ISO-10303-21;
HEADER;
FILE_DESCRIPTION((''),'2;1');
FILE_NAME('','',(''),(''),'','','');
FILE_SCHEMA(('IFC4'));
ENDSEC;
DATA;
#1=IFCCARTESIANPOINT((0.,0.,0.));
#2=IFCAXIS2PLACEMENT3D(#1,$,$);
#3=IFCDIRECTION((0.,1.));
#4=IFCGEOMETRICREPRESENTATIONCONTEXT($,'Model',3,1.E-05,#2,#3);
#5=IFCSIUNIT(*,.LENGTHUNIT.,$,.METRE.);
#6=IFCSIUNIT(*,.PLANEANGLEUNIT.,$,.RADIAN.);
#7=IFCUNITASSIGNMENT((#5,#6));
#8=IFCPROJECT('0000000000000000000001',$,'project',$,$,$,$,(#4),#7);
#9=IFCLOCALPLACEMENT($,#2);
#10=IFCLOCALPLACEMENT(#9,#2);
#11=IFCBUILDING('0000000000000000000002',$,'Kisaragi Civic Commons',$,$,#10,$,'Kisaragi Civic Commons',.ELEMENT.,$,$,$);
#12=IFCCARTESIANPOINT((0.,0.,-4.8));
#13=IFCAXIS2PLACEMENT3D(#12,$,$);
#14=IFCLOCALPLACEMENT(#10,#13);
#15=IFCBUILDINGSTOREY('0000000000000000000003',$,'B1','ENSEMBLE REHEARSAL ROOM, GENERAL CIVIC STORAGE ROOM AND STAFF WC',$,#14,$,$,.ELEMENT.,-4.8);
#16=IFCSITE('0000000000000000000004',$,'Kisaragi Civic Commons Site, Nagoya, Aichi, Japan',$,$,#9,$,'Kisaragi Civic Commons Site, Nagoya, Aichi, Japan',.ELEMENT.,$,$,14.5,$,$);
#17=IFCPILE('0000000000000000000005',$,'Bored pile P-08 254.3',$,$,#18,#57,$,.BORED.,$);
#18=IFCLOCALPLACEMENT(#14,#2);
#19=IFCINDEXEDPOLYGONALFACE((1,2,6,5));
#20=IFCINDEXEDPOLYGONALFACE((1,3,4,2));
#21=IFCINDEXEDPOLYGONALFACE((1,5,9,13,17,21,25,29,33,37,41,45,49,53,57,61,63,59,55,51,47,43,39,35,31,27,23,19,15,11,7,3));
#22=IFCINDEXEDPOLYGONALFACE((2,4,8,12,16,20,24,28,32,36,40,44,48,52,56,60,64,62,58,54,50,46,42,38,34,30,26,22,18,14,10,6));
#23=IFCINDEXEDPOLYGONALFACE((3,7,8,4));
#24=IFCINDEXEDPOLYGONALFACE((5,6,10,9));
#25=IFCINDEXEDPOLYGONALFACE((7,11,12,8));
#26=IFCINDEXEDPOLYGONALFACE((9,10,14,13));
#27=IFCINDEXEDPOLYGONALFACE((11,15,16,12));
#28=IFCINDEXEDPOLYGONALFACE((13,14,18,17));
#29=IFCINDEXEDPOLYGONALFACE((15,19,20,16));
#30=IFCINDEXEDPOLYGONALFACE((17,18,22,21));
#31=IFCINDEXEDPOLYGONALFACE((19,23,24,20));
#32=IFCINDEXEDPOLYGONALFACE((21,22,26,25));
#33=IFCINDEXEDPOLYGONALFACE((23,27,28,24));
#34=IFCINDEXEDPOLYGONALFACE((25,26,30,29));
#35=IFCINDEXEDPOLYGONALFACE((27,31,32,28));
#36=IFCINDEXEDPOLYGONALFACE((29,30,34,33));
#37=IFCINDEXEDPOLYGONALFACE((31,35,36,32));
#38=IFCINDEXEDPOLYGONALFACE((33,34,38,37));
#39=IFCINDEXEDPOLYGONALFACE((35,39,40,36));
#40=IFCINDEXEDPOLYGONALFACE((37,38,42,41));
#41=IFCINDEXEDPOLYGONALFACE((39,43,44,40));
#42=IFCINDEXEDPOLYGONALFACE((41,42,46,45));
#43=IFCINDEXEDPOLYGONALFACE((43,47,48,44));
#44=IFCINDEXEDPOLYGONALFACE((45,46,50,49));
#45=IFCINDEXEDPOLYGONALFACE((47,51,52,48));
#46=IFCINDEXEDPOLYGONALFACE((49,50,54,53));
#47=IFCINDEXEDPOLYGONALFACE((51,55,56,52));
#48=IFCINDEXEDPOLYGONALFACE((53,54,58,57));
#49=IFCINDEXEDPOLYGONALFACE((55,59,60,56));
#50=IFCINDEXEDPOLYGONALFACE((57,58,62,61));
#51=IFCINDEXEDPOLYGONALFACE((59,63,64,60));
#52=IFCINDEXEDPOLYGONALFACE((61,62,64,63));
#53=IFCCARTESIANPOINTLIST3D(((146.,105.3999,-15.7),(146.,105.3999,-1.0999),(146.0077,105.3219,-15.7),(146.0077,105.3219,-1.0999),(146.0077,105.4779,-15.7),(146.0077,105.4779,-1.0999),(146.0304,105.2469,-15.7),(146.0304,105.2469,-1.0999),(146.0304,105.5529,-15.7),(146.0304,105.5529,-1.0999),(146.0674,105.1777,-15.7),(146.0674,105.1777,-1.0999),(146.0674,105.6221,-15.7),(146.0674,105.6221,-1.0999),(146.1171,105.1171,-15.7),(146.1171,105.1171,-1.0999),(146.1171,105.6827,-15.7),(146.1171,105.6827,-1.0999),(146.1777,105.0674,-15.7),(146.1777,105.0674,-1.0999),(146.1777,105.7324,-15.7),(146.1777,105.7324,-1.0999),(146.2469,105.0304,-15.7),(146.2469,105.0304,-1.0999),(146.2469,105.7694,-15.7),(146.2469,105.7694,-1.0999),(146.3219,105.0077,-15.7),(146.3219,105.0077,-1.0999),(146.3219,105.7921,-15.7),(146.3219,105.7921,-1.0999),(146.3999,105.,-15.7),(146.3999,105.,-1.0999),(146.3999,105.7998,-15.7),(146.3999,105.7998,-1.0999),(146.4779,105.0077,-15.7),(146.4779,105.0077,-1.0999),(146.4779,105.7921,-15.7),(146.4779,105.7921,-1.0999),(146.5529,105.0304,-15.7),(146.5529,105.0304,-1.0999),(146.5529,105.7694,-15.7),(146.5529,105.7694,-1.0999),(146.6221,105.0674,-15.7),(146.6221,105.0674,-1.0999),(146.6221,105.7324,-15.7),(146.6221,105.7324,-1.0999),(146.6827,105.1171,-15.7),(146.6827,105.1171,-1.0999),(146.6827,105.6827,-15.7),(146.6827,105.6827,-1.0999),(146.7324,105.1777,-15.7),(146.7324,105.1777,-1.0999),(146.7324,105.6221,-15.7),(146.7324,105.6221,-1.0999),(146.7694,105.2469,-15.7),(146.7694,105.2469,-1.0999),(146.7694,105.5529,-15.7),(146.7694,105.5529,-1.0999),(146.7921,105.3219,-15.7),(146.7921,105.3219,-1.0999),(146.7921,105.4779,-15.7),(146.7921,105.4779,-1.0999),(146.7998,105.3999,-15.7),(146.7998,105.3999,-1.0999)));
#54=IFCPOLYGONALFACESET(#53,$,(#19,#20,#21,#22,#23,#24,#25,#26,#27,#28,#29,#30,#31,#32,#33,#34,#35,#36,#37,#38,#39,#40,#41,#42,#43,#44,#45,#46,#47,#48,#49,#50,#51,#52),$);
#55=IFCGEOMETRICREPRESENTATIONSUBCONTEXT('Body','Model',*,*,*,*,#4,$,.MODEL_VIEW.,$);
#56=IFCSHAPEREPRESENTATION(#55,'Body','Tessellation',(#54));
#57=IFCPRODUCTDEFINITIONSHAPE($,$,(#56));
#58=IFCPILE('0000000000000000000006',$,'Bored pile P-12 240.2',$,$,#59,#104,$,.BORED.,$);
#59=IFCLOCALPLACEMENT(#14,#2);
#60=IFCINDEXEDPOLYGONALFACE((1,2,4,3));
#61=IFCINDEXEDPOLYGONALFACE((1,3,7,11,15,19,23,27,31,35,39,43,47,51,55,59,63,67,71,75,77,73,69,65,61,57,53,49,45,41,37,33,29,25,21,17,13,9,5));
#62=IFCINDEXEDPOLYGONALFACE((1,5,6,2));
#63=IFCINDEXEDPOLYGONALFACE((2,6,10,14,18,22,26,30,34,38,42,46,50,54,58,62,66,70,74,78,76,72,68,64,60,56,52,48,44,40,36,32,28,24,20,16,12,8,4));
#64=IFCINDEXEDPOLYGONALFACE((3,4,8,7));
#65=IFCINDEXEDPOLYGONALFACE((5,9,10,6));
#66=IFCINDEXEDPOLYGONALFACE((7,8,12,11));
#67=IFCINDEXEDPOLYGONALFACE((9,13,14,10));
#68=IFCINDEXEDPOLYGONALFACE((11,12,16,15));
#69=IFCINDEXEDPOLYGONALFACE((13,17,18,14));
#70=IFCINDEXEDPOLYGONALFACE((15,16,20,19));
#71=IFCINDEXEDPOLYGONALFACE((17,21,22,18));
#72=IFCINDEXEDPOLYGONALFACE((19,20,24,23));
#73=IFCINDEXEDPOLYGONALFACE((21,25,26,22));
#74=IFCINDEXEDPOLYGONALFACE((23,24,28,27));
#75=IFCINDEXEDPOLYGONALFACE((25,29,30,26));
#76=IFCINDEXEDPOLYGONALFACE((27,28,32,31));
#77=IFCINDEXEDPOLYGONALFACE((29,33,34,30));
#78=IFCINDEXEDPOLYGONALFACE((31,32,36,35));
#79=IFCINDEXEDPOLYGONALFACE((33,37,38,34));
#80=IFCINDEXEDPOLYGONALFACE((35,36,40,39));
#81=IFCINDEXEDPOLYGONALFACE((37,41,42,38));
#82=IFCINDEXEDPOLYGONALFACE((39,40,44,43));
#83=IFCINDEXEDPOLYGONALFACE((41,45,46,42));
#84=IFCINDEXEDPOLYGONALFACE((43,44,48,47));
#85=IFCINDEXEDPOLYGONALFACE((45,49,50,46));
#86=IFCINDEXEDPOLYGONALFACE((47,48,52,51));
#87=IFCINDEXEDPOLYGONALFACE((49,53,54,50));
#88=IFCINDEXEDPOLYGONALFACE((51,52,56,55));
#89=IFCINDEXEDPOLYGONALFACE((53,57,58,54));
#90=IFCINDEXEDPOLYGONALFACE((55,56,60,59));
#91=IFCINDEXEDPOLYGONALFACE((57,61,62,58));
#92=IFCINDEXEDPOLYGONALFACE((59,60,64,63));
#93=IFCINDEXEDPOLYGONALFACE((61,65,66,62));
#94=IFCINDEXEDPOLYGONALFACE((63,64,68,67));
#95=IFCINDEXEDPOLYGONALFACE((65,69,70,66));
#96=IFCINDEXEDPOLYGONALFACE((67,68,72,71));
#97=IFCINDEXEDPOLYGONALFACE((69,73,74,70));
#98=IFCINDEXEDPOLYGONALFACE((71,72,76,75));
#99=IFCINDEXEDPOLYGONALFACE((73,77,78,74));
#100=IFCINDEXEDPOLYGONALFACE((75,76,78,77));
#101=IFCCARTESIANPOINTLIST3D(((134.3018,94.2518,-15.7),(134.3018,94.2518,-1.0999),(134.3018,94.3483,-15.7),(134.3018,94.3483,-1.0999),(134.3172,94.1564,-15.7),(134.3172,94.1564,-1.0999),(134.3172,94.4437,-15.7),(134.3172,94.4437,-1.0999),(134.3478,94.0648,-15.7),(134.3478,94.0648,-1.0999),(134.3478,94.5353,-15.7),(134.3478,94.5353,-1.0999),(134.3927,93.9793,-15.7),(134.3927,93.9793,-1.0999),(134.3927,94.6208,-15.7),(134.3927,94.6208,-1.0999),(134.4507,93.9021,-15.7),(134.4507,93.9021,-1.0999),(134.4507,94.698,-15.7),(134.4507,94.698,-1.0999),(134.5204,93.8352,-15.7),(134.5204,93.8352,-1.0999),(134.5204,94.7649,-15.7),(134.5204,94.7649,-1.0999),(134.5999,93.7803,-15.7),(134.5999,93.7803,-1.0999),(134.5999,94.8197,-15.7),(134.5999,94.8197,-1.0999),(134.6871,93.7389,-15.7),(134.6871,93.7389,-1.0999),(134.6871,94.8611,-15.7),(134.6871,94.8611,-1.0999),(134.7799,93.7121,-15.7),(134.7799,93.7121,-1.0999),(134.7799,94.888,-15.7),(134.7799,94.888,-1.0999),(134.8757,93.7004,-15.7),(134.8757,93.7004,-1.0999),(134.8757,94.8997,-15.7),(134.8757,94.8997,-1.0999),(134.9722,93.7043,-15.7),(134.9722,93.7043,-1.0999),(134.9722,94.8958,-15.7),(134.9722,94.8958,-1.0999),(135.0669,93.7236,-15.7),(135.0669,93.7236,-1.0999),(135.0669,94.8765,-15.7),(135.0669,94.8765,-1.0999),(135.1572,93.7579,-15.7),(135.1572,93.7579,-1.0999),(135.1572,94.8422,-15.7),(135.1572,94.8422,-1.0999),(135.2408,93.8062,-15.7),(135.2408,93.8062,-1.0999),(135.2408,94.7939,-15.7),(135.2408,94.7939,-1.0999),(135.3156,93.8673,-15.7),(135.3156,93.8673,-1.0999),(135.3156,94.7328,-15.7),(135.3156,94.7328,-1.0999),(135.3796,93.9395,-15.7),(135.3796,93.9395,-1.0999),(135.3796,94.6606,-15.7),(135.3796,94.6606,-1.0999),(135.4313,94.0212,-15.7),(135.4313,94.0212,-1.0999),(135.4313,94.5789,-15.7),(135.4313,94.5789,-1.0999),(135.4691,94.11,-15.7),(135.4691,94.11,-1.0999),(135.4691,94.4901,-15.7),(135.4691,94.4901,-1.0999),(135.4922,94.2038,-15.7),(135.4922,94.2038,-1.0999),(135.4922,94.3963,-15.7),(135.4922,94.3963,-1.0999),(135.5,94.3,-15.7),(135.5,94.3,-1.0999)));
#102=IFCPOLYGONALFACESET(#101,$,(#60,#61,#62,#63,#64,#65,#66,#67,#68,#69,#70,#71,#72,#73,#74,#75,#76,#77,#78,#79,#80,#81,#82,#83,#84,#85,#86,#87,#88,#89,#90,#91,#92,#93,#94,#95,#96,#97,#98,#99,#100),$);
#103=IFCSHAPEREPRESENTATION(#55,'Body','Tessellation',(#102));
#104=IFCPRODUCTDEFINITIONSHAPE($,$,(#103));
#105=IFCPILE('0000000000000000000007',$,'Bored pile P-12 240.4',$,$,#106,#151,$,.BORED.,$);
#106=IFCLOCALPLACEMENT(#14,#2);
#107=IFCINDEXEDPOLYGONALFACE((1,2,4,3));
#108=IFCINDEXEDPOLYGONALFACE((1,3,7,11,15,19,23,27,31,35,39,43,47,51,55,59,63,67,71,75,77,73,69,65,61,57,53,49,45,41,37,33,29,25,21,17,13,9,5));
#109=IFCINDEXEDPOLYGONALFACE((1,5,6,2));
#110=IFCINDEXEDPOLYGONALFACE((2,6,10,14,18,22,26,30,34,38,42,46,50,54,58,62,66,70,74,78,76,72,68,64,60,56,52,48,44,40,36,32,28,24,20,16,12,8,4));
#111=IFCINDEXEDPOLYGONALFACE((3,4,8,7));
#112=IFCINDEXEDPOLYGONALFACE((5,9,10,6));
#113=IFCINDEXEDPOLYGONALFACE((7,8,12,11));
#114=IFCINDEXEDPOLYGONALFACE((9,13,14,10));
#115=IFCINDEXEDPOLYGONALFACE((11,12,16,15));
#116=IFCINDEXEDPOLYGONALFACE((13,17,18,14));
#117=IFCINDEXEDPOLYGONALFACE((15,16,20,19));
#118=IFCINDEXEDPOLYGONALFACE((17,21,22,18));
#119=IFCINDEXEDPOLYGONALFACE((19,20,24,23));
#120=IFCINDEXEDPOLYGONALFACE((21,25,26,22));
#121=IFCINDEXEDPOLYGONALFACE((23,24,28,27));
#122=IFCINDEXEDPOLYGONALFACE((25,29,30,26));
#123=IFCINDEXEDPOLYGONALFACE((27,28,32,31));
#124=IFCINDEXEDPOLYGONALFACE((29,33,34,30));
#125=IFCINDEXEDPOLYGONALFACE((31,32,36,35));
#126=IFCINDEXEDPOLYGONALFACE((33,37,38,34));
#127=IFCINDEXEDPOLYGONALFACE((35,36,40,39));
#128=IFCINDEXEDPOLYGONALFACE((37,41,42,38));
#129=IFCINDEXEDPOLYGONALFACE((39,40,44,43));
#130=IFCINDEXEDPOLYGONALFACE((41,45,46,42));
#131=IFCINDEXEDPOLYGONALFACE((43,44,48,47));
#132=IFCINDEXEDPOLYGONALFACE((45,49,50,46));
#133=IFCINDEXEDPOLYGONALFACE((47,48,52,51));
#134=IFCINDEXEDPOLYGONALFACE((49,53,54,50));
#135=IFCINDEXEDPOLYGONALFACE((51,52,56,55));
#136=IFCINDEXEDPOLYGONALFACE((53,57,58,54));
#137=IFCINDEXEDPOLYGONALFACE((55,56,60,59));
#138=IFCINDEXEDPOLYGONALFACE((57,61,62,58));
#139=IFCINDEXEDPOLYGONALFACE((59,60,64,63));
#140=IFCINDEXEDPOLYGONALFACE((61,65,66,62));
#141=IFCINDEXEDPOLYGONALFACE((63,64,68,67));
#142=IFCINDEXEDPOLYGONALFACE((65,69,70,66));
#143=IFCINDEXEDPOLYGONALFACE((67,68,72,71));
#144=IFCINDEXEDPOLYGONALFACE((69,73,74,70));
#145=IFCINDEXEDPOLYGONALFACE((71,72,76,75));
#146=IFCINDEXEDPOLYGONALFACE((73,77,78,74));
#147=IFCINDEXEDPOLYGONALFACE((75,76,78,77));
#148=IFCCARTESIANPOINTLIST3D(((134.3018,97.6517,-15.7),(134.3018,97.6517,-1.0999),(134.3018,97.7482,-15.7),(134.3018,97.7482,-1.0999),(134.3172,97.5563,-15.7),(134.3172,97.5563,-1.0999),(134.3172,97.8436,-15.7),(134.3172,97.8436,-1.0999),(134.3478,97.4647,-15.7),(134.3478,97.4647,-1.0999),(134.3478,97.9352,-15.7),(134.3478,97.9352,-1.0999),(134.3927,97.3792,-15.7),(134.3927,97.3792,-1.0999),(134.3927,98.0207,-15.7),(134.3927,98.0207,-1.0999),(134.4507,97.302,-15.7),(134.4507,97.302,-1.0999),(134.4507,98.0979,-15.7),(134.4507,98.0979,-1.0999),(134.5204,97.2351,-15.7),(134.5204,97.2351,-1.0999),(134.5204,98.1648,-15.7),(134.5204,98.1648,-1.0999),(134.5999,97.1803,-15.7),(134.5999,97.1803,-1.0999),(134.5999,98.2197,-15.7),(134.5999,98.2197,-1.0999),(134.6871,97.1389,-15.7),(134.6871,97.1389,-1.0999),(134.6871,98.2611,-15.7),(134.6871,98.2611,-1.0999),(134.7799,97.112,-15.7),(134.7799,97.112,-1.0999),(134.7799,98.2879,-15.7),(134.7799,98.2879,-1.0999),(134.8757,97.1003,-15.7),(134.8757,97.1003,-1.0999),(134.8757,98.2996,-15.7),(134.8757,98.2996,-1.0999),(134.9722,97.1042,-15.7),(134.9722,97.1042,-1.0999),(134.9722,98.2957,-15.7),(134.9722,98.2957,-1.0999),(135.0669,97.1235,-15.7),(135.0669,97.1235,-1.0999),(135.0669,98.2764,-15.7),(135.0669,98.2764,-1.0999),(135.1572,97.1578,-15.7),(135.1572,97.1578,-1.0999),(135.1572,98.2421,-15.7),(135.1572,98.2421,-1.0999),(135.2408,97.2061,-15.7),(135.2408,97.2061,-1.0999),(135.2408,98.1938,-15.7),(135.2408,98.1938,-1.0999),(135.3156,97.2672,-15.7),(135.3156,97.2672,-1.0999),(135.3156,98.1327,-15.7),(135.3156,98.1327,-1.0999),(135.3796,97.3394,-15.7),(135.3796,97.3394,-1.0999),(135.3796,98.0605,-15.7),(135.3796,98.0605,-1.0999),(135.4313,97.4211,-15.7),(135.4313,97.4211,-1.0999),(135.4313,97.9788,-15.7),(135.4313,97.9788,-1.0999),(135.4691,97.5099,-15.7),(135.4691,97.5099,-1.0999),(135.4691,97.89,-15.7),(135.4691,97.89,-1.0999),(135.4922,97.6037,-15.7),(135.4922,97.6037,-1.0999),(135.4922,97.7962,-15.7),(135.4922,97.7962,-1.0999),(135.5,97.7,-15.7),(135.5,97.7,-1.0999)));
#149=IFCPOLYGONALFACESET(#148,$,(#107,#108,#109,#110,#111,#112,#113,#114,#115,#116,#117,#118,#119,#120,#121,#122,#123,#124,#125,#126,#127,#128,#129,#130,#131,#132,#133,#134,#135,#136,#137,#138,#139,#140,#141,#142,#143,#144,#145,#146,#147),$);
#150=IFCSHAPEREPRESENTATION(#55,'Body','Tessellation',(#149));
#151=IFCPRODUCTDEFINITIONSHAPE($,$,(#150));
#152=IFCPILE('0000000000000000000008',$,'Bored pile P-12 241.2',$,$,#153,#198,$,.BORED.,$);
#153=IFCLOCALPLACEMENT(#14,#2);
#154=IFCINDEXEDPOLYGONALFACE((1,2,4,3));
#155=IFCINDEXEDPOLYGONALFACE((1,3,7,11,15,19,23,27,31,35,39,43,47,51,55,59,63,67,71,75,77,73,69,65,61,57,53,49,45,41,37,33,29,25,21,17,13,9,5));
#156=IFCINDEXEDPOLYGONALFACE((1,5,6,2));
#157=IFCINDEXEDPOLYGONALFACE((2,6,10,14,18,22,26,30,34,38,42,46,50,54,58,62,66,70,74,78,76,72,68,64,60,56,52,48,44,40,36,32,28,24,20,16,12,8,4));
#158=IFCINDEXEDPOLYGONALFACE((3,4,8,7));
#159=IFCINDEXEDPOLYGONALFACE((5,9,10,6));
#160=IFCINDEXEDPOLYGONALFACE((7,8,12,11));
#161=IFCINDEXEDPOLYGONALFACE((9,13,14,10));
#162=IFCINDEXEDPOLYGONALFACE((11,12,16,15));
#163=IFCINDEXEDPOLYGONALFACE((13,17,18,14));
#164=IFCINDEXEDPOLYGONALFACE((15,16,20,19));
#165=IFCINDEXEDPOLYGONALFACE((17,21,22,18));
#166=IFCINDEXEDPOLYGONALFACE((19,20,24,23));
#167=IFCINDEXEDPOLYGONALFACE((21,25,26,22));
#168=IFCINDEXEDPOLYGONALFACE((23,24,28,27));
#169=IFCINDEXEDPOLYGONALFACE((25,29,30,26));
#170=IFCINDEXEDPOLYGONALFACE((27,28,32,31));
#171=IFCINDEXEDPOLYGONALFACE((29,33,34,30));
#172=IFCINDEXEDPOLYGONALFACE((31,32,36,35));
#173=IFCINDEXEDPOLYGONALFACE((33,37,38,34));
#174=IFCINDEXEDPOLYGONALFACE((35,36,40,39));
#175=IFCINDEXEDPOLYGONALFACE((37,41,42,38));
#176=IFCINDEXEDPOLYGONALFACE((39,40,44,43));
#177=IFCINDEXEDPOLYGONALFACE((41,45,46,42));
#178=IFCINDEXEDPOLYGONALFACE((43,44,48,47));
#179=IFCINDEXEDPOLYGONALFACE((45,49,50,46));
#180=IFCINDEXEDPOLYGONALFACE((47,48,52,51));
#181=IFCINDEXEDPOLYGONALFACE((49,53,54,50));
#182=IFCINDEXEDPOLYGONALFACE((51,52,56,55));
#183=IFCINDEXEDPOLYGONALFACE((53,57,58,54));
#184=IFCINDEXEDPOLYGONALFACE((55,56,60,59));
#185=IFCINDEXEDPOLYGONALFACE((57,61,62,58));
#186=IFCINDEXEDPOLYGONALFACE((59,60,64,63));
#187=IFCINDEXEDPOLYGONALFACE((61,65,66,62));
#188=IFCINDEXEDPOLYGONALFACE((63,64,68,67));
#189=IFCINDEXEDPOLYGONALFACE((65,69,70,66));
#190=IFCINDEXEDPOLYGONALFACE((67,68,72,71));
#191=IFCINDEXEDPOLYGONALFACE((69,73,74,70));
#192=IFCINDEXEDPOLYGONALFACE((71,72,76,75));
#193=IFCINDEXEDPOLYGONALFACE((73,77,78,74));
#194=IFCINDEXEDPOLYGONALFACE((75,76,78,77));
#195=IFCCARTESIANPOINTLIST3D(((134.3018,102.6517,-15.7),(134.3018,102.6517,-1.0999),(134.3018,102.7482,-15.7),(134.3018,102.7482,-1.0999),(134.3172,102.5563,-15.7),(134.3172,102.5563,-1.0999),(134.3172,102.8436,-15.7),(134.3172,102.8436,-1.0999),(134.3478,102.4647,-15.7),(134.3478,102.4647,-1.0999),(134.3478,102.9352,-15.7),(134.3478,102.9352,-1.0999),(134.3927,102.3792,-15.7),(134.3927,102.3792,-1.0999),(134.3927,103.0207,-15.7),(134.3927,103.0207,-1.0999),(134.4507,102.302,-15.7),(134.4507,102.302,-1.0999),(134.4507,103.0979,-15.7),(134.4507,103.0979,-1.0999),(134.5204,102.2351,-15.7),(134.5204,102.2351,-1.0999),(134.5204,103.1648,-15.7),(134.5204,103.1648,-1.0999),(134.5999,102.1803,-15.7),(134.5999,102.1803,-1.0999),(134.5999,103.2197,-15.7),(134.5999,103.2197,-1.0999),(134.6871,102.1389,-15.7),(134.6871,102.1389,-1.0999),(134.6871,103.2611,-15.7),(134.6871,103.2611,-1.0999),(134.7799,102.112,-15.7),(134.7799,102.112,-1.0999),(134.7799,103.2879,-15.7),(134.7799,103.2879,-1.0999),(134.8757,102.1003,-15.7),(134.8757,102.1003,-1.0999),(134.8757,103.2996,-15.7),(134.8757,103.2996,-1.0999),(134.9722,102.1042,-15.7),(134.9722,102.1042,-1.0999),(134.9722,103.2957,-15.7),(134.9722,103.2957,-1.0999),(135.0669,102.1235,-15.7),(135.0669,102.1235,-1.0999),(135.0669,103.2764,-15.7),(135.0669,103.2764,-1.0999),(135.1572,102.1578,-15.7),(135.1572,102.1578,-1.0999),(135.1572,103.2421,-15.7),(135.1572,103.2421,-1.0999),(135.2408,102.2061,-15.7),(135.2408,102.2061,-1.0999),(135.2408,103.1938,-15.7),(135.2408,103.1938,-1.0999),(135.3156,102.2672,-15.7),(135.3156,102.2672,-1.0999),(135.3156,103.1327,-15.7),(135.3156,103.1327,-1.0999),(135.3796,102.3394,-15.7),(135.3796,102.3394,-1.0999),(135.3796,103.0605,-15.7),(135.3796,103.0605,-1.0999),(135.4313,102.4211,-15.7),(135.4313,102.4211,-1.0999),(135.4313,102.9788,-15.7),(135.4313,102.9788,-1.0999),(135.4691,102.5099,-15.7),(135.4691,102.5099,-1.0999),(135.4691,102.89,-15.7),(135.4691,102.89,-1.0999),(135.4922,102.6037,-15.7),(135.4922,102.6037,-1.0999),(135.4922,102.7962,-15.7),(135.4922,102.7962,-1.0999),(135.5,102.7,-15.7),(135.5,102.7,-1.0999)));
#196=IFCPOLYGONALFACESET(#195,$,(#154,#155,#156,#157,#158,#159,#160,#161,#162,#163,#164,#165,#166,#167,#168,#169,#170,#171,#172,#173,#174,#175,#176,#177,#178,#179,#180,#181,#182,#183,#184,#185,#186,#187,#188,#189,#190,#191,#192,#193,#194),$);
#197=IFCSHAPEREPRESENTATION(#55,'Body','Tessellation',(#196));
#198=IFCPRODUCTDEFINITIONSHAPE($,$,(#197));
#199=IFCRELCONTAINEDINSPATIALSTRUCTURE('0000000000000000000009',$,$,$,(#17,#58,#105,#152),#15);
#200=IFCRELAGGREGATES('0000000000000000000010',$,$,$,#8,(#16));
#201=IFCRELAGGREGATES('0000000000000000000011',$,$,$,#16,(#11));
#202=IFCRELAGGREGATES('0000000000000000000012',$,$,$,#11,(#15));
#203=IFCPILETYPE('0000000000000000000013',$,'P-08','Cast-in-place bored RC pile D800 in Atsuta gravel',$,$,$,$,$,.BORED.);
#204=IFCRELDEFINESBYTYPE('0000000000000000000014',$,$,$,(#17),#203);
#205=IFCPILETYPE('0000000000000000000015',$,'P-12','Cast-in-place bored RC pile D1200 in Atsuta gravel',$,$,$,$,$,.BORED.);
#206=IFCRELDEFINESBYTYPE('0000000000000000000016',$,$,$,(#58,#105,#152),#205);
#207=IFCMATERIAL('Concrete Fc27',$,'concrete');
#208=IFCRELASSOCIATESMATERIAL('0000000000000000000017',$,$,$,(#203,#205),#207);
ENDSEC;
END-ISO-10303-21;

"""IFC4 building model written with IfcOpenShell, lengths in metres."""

from ifc_helpers import new_model, si_unit, direction, frame, origin, origin_2d, place, context, subcontext, project, spatial, circle, extrude, material, material_profile, profile_set, type_object, element, save


model = new_model("IFC4")

# Units and contexts
model_context = context("Model", 3, precision=1e-05, world=origin(), true_north=direction((0.0, 1.0)))
body_context = subcontext(model_context, "Body", "Model", "MODEL_VIEW")
ifc_project = project(units=[si_unit("LENGTHUNIT", "METRE"), si_unit("PLANEANGLEUNIT", "RADIAN")], contexts=[model_context])

# Site, building, storey
site_placement = place(None, origin())
site = spatial("IfcSite", under=ifc_project, at=site_placement, Name="Kisaragi Civic Commons Site, Nagoya, Aichi, Japan", LongName="Kisaragi Civic Commons Site, Nagoya, Aichi, Japan", CompositionType="ELEMENT", RefElevation=14.5)
building_placement = place(site_placement, origin())
building = spatial("IfcBuilding", under=site, at=building_placement, Name="Kisaragi Civic Commons", LongName="Kisaragi Civic Commons", CompositionType="ELEMENT")
storey_placement = place(building_placement, frame((0.0, 0.0, -4.8)))
storey = spatial("IfcBuildingStorey", under=building, at=storey_placement, Name="B1", Description="ENSEMBLE REHEARSAL ROOM, GENERAL CIVIC STORAGE ROOM AND STAFF WC", CompositionType="ELEMENT", Elevation=-4.8)

# Shared definitions
ifc_material_1 = material(Name="Concrete Fc27", Category="concrete")

# Piles
ifc_material_profile_1 = material_profile(ifc_material_1, circle(Radius=0.3999, at=origin_2d()), Name="PILE-D800", Category="concrete")
ifc_profile_set_1 = profile_set([ifc_material_profile_1], Name="Concrete Fc27")
pile_type_1 = type_object("IfcPileType", Name="P-08", Description="Cast-in-place bored RC pile D800 in Atsuta gravel", PredefinedType="BORED", material=ifc_profile_set_1)
for number, where, z_axis, x_axis, name in (
    (1, (146.3999, 105.3999, -1.0999), (0.0, 0.0, -1.0), (1.0, 0.0, 0.0), "Bored pile P-08 254.3"),
):
    element("IfcPile", number, at=place(storey_placement, frame(where, z_axis=z_axis, x_axis=x_axis)), inside=storey, type_object=pile_type_1, Name=name, PredefinedType="BORED", context=body_context, shape_type="SweptSolid", body=[
        extrude(circle(Radius=0.3999, at=origin_2d()), origin(), (0.0, 0.0, 1.0), 14.6001),
    ])
ifc_material_profile_2 = material_profile(ifc_material_1, circle(Radius=0.6001, at=origin_2d()), Name="PILE-D1200", Category="concrete")
ifc_profile_set_2 = profile_set([ifc_material_profile_2], Name="Concrete Fc27")
pile_type_2 = type_object("IfcPileType", Name="P-12", Description="Cast-in-place bored RC pile D1200 in Atsuta gravel", PredefinedType="BORED", material=ifc_profile_set_2)
for number, where, z_axis, x_axis, name in (
    (2, (134.8999, 94.3, -1.0999), (0.0, 0.0, -1.0), (1.0, 0.0, 0.0), "Bored pile P-12 240.2"),
    (3, (134.8999, 97.7, -1.0999), (0.0, 0.0, -1.0), (1.0, 0.0, 0.0), "Bored pile P-12 240.4"),
    (4, (134.8999, 102.7, -1.0999), (0.0, 0.0, -1.0), (1.0, 0.0, 0.0), "Bored pile P-12 241.2"),
):
    element("IfcPile", number, at=place(storey_placement, frame(where, z_axis=z_axis, x_axis=x_axis)), inside=storey, type_object=pile_type_2, Name=name, PredefinedType="BORED", context=body_context, shape_type="SweptSolid", body=[
        extrude(circle(Radius=0.6001, at=origin_2d()), origin(), (0.0, 0.0, 1.0), 14.6001),
    ])

save(model, "model.ifc")
